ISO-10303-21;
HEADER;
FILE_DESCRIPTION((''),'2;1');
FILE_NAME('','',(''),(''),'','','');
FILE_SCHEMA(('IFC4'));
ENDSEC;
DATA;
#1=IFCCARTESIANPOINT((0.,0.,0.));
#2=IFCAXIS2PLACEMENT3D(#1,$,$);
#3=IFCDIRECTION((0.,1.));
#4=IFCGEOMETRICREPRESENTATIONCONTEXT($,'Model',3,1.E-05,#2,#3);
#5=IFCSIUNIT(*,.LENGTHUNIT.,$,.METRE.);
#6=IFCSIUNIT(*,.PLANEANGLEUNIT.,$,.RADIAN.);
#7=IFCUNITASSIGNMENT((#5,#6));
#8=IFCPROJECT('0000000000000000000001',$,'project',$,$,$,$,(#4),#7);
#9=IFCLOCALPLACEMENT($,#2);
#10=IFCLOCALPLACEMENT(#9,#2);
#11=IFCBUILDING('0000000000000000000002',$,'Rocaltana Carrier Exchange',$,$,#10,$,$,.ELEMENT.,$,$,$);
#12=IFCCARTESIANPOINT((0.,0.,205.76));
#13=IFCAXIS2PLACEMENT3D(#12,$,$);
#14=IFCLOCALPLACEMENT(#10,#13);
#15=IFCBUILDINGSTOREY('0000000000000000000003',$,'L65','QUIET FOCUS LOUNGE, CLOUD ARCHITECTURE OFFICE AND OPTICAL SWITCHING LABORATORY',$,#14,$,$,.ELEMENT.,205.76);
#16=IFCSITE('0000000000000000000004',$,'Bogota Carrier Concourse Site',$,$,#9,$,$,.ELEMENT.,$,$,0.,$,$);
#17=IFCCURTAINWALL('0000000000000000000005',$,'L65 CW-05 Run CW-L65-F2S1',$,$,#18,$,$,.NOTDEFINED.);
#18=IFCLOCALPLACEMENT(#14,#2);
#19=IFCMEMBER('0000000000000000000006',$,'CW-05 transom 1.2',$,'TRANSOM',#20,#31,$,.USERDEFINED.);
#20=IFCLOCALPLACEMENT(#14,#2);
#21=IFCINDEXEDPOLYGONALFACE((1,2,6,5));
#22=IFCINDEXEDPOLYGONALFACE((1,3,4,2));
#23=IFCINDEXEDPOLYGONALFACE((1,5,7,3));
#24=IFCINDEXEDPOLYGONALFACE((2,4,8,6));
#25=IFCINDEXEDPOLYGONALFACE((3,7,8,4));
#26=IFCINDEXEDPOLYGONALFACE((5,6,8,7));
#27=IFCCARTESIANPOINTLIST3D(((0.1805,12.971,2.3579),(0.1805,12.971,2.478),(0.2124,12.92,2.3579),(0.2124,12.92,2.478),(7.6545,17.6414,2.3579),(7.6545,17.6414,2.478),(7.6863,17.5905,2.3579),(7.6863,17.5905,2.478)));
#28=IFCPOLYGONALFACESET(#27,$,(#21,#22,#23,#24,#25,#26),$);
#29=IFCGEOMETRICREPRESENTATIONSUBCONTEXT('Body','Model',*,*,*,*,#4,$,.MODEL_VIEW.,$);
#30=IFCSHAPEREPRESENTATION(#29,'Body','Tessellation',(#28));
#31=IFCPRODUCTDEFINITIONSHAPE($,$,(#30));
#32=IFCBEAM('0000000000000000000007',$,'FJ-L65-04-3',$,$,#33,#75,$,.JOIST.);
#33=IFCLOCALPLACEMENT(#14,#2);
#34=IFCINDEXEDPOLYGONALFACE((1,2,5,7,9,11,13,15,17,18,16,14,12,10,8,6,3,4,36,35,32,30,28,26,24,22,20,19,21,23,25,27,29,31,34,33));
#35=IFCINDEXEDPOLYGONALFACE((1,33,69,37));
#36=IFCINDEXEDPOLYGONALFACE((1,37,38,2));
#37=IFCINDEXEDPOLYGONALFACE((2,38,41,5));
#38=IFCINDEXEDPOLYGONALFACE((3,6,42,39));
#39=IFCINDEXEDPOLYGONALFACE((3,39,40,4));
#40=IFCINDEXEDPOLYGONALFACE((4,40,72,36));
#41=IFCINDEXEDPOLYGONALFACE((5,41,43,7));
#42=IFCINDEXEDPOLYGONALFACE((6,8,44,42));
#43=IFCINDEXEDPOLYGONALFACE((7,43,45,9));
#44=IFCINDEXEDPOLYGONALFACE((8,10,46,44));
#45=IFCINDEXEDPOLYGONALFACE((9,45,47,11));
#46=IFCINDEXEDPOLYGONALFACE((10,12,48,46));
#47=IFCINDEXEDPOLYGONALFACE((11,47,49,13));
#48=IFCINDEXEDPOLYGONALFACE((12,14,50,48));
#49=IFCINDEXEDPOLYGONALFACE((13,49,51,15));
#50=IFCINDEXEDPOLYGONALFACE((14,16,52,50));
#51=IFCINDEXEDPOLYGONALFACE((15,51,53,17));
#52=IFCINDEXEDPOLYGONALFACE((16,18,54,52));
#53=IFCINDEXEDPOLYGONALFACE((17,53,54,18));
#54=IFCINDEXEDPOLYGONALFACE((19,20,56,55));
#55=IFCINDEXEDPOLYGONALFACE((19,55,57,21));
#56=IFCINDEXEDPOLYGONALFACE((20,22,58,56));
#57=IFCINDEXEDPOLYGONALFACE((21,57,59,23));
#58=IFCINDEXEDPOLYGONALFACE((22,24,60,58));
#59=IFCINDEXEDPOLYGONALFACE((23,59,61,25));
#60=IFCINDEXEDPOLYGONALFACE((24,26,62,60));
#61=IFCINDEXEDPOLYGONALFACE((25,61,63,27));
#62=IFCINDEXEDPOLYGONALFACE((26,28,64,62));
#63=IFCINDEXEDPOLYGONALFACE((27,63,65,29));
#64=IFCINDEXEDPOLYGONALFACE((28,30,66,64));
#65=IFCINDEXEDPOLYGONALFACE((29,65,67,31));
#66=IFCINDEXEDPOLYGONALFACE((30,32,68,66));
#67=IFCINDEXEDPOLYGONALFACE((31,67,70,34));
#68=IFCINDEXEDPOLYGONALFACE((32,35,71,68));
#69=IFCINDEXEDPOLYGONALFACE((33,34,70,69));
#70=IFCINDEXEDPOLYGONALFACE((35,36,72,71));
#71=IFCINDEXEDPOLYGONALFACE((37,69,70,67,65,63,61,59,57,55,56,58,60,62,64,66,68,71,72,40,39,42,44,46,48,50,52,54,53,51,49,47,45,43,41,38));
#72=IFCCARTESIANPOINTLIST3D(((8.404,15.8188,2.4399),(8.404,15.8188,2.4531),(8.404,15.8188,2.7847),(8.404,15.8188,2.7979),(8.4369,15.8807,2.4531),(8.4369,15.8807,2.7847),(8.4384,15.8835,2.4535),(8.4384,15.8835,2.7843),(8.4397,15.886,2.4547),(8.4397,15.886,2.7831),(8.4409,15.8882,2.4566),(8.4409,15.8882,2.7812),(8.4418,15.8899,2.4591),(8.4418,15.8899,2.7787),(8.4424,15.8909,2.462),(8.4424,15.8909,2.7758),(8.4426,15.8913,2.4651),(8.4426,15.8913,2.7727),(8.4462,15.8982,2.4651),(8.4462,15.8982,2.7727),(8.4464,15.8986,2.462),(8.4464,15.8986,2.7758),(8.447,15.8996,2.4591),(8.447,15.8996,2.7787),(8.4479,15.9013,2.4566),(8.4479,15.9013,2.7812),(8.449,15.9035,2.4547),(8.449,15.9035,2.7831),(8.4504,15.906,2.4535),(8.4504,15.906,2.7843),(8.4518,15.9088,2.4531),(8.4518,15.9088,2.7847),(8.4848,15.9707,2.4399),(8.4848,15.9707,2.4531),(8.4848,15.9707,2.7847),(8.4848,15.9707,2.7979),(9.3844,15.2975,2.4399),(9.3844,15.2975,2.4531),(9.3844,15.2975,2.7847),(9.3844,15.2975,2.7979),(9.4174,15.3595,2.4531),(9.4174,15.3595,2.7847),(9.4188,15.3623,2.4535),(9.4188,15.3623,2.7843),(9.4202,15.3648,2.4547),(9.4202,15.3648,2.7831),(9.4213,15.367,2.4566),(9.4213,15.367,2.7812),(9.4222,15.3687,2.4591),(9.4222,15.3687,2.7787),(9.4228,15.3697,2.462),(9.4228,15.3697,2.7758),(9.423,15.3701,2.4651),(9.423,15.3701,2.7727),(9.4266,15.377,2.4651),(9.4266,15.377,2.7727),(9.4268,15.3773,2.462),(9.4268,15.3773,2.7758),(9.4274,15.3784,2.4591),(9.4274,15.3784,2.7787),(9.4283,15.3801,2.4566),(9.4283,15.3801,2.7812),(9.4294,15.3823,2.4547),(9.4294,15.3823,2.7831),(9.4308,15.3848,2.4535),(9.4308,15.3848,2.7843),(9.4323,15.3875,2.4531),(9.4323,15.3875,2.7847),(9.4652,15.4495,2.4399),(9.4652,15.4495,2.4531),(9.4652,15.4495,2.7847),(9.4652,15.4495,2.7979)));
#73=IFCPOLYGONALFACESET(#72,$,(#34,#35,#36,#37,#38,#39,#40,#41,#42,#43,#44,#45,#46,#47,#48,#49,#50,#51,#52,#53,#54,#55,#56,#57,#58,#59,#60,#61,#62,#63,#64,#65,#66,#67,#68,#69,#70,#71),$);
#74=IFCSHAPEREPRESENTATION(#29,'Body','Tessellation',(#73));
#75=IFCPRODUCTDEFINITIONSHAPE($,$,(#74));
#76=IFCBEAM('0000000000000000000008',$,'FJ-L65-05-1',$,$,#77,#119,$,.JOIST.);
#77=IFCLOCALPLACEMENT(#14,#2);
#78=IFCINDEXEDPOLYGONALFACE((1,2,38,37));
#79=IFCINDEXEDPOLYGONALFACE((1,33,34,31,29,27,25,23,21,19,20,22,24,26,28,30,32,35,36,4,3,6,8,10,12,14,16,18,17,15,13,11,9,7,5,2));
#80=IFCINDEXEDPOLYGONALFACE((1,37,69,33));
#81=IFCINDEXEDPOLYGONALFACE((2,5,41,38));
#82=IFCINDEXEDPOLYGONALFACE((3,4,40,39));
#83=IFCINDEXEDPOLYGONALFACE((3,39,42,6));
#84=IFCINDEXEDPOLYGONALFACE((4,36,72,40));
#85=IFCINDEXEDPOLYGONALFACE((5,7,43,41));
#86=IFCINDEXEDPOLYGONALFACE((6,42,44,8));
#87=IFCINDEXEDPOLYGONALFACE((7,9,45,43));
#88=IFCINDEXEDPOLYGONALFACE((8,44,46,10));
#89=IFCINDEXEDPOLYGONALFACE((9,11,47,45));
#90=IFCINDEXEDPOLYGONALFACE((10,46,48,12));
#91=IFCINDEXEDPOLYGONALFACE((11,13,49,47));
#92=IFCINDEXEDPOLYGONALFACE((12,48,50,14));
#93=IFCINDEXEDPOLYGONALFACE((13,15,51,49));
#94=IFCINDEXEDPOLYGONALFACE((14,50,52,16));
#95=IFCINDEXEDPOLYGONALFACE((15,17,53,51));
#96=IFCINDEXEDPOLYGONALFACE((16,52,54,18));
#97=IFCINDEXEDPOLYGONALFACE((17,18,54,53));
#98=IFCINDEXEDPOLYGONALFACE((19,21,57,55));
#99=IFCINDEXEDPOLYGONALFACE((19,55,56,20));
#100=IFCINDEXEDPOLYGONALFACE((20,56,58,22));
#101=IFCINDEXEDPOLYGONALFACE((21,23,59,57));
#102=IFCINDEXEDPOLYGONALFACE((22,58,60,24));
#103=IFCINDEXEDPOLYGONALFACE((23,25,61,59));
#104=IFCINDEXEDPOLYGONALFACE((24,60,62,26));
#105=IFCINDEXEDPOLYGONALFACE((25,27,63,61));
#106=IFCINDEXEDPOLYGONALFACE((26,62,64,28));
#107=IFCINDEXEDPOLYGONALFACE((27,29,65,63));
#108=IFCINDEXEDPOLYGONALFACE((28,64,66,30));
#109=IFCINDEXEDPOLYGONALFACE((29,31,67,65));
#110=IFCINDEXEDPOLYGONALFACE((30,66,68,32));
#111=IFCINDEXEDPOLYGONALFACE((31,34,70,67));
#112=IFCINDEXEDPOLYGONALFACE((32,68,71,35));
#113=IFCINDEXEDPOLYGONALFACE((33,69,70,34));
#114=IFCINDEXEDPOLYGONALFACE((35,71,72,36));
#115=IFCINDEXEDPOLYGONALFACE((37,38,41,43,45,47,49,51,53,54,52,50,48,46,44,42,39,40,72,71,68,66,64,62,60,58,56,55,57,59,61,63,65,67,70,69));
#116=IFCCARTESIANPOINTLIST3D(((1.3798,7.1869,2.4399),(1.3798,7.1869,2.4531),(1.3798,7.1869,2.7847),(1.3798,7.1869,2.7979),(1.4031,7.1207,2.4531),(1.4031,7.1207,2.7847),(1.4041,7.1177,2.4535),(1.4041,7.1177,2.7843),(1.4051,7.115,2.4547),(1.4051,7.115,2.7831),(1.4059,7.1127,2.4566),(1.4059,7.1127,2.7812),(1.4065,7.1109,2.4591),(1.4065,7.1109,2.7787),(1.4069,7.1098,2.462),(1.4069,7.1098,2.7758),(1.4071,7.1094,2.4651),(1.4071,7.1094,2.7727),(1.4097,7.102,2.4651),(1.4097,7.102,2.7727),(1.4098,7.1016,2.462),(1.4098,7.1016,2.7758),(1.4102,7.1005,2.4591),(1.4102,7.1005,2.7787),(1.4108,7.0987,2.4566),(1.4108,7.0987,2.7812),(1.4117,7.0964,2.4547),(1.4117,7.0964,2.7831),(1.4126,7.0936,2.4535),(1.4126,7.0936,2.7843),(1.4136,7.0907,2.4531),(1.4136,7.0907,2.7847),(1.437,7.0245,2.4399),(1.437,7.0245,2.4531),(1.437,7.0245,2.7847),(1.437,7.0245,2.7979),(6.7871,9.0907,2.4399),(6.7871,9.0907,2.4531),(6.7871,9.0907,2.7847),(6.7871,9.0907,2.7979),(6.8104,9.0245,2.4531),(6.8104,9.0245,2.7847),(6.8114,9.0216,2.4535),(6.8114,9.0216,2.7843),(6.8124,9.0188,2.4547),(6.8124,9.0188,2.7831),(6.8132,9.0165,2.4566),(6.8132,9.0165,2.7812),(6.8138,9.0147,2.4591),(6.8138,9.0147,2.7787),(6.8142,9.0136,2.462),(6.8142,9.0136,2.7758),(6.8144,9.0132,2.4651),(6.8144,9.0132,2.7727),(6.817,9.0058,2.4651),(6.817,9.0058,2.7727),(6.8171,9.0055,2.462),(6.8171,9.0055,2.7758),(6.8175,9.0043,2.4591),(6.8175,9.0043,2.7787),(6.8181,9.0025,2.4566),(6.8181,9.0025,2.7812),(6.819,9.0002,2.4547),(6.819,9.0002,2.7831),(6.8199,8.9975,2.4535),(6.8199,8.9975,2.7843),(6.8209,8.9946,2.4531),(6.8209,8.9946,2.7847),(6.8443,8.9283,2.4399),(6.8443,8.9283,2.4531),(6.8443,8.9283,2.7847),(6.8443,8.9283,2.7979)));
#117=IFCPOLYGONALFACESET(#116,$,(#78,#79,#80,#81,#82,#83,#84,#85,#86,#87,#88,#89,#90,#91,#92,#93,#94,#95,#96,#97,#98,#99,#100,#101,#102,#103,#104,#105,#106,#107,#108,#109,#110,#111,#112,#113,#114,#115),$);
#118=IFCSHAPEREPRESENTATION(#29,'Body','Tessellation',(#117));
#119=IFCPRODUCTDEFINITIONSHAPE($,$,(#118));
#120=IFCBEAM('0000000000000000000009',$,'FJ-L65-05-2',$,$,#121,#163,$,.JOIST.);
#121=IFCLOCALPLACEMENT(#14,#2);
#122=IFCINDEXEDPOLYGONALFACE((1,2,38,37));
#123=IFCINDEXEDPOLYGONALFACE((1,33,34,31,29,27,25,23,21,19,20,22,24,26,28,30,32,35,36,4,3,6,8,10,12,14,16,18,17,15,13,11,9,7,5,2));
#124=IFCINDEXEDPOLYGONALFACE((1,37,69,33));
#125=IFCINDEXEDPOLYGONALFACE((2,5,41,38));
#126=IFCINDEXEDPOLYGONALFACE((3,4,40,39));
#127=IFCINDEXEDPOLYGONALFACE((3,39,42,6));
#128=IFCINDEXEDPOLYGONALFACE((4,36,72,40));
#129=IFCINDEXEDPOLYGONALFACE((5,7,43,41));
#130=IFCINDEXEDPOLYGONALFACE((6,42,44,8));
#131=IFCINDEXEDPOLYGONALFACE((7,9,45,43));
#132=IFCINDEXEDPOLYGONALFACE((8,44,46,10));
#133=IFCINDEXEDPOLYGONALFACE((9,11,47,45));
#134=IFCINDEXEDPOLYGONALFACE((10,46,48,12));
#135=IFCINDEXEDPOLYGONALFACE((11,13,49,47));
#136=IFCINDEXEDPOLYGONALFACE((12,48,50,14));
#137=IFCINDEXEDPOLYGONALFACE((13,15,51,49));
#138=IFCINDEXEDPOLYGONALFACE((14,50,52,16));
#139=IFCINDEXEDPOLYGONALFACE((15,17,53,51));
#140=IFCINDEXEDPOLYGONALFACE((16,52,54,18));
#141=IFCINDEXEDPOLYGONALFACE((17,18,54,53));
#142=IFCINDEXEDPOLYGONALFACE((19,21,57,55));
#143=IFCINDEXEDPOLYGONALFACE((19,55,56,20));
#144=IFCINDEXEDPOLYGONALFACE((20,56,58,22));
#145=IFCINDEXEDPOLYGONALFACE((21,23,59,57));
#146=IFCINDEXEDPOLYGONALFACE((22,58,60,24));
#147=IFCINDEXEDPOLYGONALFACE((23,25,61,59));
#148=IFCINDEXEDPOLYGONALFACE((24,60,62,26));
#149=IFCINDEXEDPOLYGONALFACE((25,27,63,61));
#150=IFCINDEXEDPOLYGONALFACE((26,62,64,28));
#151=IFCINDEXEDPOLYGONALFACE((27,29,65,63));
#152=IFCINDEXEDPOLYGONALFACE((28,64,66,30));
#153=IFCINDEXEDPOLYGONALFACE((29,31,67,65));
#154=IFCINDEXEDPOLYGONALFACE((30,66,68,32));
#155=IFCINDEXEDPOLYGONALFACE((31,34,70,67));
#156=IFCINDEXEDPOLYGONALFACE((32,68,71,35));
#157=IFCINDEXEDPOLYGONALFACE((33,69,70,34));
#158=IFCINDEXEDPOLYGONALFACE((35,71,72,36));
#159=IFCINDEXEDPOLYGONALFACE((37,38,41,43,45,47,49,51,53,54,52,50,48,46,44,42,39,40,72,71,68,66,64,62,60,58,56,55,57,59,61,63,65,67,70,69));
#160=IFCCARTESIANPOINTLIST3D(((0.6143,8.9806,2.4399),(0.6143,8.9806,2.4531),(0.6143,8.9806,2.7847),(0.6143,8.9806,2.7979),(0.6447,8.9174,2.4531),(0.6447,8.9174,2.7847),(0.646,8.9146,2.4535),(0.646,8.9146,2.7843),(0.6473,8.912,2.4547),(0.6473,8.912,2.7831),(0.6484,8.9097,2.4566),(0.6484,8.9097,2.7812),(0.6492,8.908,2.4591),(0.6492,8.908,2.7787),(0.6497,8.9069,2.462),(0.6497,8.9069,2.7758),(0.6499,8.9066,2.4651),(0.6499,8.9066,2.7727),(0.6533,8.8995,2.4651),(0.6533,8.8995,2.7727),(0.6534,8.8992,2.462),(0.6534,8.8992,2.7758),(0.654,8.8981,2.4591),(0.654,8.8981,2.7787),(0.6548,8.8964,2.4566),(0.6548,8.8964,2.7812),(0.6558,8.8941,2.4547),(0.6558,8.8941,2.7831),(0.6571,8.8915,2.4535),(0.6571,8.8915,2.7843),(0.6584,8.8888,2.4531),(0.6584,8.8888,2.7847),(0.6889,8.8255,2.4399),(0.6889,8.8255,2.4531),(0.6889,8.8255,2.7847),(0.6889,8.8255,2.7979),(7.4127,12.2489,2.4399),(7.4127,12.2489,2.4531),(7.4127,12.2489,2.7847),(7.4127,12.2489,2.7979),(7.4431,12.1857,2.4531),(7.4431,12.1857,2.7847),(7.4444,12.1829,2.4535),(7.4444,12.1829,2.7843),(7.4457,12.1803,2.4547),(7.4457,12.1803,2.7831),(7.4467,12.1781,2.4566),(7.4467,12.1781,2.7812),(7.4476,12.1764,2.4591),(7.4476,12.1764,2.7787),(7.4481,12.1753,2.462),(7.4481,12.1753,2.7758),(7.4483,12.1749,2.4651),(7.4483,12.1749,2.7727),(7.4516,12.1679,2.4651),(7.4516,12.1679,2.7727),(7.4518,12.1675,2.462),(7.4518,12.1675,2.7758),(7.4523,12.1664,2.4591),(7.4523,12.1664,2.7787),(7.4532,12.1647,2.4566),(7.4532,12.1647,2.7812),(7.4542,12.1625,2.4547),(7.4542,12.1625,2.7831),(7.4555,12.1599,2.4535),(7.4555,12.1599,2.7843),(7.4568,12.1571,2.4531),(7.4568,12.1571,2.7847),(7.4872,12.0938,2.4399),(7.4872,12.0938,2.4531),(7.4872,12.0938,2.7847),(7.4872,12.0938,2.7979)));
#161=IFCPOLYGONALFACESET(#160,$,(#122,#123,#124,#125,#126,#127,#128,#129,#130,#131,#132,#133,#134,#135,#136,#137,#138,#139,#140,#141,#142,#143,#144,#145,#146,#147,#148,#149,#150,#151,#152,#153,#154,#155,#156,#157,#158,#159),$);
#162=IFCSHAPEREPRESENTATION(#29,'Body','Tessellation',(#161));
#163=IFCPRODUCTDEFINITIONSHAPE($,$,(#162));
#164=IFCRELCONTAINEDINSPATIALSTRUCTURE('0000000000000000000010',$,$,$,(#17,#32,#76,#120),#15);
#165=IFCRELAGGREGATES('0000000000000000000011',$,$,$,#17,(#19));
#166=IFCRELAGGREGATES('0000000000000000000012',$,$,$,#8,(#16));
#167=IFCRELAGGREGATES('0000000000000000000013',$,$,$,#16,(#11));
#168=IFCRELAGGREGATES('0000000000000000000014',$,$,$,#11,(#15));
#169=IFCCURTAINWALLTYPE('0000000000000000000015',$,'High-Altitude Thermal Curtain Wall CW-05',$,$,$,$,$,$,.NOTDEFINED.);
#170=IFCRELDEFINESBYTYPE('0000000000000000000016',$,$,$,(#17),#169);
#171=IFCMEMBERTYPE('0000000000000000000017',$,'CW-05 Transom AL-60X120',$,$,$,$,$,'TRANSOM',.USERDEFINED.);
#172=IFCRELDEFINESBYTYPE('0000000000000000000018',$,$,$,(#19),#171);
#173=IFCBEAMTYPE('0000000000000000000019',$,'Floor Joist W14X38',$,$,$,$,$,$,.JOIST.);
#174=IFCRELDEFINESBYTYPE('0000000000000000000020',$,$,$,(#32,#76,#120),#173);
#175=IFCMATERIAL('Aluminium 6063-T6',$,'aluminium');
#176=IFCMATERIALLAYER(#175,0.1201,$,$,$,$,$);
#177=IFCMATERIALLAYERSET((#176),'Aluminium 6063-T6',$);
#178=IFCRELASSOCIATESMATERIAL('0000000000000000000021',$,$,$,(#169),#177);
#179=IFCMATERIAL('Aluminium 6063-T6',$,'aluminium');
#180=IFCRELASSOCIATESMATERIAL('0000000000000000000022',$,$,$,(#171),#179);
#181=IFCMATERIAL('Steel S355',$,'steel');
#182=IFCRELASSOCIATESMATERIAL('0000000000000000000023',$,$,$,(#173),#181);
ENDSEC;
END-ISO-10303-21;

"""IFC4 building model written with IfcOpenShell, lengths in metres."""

from ifc_helpers import new_model, si_unit, direction, frame, origin, origin_2d, place, context, subcontext, project, spatial, rectangle, i_section, extrude, material, layer, layer_set, material_profile, profile_set, type_object, element, aggregate, save


model = new_model("IFC4")

# Units and contexts
model_context = context("Model", 3, precision=1e-05, world=origin(), true_north=direction((0.0, 1.0)))
body_context = subcontext(model_context, "Body", "Model", "MODEL_VIEW")
ifc_project = project(units=[si_unit("LENGTHUNIT", "METRE"), si_unit("PLANEANGLEUNIT", "RADIAN")], contexts=[model_context])

# Site, building, storey
site_placement = place(None, origin())
site = spatial("IfcSite", under=ifc_project, at=site_placement, Name="Bogota Carrier Concourse Site", CompositionType="ELEMENT", RefElevation=0.0)
building_placement = place(site_placement, origin())
building = spatial("IfcBuilding", under=site, at=building_placement, Name="Rocaltana Carrier Exchange", CompositionType="ELEMENT")
storey_placement = place(building_placement, frame((0.0, 0.0, 205.76)))
storey = spatial("IfcBuildingStorey", under=building, at=storey_placement, Name="L65", Description="QUIET FOCUS LOUNGE, CLOUD ARCHITECTURE OFFICE AND OPTICAL SWITCHING LABORATORY", CompositionType="ELEMENT", Elevation=205.76)

# Curtain wall
ifc_material_1 = material(Name="Aluminium 6063-T6", Category="aluminium")
ifc_layer_1 = layer(ifc_material_1, 0.1201)
ifc_layer_set_1 = layer_set([ifc_layer_1], Name="Aluminium 6063-T6")
curtain_wall_type = type_object("IfcCurtainWallType", Name="High-Altitude Thermal Curtain Wall CW-05", PredefinedType="NOTDEFINED", material=ifc_layer_set_1)
curtain_wall_1_placement = place(storey_placement, origin())
curtain_wall_1 = element("IfcCurtainWall", 1, at=curtain_wall_1_placement, inside=storey, type_object=curtain_wall_type, Name="L65 CW-05 Run CW-L65-F2S1", PredefinedType="NOTDEFINED")

# Member
ifc_material_2 = material(Name="Aluminium 6063-T6", Category="aluminium")
ifc_material_profile_1 = material_profile(ifc_material_2, rectangle(XDim=0.0601, YDim=0.1201, at=origin_2d()), Name="AL-60X120")
ifc_profile_set_1 = profile_set([ifc_material_profile_1], Name="Aluminium 6063-T6")
member_type_1 = type_object("IfcMemberType", Name="CW-05 Transom AL-60X120", ElementType="TRANSOM", PredefinedType="USERDEFINED", material=ifc_profile_set_1)
member_1_placement = place(storey_placement, frame((7.6704, 17.616, 2.418), z_axis=(-0.848037, -0.529937, 0.0), x_axis=(0.529937, -0.848037, 0.0)))
member_1 = element("IfcMember", 2, at=member_1_placement, type_object=member_type_1, Name="CW-05 transom 1.2", ObjectType="TRANSOM", PredefinedType="USERDEFINED", context=body_context, shape_type="SweptSolid", body=[
    extrude(rectangle(XDim=0.0601, YDim=0.1201, at=origin_2d()), origin(), (0.0, 0.0, 1.0), 8.8132),
])

# Beams
ifc_material_3 = material(Name="Steel S355", Category="steel")
ifc_material_profile_2 = material_profile(ifc_material_3, i_section(OverallWidth=0.1721, OverallDepth=0.3579, WebThickness=0.0078, FlangeThickness=0.0132, FilletRadius=0.012, at=origin_2d()), Name="W14X38")
ifc_profile_set_2 = profile_set([ifc_material_profile_2], Name="Steel S355")
beam_type_1 = type_object("IfcBeamType", Name="Floor Joist W14X38", PredefinedType="JOIST", material=ifc_profile_set_2)
beam_1_placement = place(storey_placement, frame((9.4248, 15.3735, 2.6189), z_axis=(-0.882979, 0.469412, 0.0), x_axis=(-0.469412, -0.882979, 0.0)))
element("IfcBeam", 3, at=beam_1_placement, inside=storey, type_object=beam_type_1, Name="FJ-L65-04-3", PredefinedType="JOIST", context=body_context, shape_type="SweptSolid", body=[
    extrude(i_section(OverallWidth=0.1721, OverallDepth=0.3579, WebThickness=0.0078, FlangeThickness=0.0132, FilletRadius=0.012, at=origin_2d()), origin(), (0.0, 0.0, 1.0), 1.1104),
])
beam_2_placement = place(storey_placement, frame((6.8157, 9.0095, 2.6189), z_axis=(-0.943243, -0.332103, 0.0), x_axis=(0.332103, -0.943243, 0.0)))
element("IfcBeam", 4, at=beam_2_placement, inside=storey, type_object=beam_type_1, Name="FJ-L65-05-1", PredefinedType="JOIST", context=body_context, shape_type="SweptSolid", body=[
    extrude(i_section(OverallWidth=0.1721, OverallDepth=0.3579, WebThickness=0.0078, FlangeThickness=0.0132, FilletRadius=0.012, at=origin_2d()), origin(), (0.0, 0.0, 1.0), 5.7327),
])
beam_3_placement = place(storey_placement, frame((7.45, 12.1714, 2.6189), z_axis=(-0.901259, -0.433281, 0.0), x_axis=(0.433281, -0.901259, 0.0)))
element("IfcBeam", 5, at=beam_3_placement, inside=storey, type_object=beam_type_1, Name="FJ-L65-05-2", PredefinedType="JOIST", context=body_context, shape_type="SweptSolid", body=[
    extrude(i_section(OverallWidth=0.1721, OverallDepth=0.3579, WebThickness=0.0078, FlangeThickness=0.0132, FilletRadius=0.012, at=origin_2d()), origin(), (0.0, 0.0, 1.0), 7.5432),
])

aggregate(curtain_wall_1, [member_1])

save(model, "model.ifc")
